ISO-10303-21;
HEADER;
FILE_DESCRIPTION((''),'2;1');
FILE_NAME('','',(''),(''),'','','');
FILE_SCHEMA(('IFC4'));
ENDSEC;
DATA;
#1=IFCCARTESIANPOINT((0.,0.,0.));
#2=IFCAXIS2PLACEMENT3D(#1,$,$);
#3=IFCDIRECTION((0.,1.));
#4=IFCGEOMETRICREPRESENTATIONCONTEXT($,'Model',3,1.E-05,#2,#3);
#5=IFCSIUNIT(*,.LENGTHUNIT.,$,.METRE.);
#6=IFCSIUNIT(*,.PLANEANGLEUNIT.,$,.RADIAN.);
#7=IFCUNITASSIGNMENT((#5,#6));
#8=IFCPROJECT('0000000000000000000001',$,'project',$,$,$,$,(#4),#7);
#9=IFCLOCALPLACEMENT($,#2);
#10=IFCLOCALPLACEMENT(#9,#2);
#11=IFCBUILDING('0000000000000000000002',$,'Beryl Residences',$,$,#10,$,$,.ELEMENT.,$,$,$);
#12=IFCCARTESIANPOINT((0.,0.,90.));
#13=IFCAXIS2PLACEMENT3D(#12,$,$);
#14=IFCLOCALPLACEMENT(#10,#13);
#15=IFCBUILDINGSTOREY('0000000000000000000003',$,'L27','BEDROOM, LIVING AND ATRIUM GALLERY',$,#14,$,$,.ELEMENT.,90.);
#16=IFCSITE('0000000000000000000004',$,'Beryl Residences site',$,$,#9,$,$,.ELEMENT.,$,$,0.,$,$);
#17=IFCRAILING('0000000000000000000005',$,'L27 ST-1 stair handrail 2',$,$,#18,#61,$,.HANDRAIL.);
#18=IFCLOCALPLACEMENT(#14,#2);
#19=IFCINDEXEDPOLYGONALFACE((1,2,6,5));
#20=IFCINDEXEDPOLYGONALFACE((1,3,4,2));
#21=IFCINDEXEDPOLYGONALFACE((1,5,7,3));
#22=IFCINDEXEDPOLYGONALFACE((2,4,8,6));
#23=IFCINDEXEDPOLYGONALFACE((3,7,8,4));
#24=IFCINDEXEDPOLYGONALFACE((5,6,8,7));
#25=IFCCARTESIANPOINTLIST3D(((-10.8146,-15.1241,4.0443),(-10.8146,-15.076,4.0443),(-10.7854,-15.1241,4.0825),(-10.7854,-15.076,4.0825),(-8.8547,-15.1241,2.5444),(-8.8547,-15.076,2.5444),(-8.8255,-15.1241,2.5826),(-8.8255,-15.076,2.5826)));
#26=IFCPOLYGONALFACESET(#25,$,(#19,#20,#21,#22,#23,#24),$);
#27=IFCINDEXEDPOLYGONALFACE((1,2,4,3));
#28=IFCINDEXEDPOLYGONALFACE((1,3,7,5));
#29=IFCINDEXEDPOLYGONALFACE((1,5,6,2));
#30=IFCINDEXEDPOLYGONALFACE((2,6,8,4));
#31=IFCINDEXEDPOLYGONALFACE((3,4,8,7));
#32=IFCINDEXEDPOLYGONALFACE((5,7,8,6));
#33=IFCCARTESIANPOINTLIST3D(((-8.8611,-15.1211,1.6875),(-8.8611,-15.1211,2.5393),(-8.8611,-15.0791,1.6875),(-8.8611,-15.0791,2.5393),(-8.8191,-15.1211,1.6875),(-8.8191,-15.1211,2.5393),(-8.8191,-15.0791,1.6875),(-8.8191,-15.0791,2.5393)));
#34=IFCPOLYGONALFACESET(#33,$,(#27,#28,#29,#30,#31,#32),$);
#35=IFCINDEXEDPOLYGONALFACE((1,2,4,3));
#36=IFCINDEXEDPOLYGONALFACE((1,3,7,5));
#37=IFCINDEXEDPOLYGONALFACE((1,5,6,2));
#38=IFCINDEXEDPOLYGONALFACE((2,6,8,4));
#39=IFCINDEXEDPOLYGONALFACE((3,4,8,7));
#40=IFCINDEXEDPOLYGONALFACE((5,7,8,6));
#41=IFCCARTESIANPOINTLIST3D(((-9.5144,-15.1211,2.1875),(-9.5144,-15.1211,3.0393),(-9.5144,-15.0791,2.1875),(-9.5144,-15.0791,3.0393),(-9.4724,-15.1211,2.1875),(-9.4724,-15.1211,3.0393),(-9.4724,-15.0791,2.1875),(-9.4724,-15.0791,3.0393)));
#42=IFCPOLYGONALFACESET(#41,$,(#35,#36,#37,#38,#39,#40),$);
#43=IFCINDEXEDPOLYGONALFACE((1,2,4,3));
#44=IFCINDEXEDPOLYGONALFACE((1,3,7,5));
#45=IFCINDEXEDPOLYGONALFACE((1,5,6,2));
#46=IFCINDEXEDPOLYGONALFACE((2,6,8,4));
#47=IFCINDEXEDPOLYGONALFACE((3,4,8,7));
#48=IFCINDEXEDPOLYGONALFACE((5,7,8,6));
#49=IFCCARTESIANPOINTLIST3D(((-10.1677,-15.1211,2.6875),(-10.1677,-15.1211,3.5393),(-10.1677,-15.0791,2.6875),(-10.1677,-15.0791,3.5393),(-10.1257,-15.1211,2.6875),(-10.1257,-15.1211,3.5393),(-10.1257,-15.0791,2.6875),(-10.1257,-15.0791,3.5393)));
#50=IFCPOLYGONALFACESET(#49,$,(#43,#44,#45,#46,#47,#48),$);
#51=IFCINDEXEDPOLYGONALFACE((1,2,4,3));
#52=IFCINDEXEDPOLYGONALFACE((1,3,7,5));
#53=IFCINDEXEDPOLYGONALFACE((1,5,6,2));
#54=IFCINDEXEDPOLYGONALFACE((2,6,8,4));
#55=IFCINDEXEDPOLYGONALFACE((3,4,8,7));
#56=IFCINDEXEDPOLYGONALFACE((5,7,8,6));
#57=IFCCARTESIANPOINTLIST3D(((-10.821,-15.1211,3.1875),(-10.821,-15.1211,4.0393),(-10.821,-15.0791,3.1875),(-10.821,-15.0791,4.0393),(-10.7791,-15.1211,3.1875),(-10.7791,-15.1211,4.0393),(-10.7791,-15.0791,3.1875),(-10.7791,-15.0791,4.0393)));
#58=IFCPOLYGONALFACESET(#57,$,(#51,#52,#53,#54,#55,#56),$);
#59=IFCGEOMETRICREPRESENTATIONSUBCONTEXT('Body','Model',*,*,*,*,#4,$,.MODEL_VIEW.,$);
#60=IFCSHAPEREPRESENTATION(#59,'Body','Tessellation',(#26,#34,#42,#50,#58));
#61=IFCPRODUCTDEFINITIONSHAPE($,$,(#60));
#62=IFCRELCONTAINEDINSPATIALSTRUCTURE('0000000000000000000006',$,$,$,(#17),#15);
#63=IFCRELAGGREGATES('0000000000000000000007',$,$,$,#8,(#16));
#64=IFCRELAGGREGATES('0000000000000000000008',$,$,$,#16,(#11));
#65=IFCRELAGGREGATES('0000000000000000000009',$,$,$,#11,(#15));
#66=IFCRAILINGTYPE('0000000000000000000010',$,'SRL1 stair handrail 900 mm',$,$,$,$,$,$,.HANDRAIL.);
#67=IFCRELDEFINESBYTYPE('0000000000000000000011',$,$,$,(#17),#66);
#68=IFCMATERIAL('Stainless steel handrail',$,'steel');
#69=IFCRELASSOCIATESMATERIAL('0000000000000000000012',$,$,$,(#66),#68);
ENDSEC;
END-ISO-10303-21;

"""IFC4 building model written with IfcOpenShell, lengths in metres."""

from ifc_helpers import new_model, si_unit, direction, frame, origin, origin_2d, place, context, subcontext, project, spatial, rectangle, extrude, material, type_object, element, save


model = new_model("IFC4")

# Units and contexts
model_context = context("Model", 3, precision=1e-05, world=origin(), true_north=direction((0.0, 1.0)))
body_context = subcontext(model_context, "Body", "Model", "MODEL_VIEW")
ifc_project = project(units=[si_unit("LENGTHUNIT", "METRE"), si_unit("PLANEANGLEUNIT", "RADIAN")], contexts=[model_context])

# Site, building, storey
site_placement = place(None, origin())
site = spatial("IfcSite", under=ifc_project, at=site_placement, Name="Beryl Residences site", CompositionType="ELEMENT", RefElevation=0.0)
building_placement = place(site_placement, origin())
building = spatial("IfcBuilding", under=site, at=building_placement, Name="Beryl Residences", CompositionType="ELEMENT")
storey_placement = place(building_placement, frame((0.0, 0.0, 90.0)))
storey = spatial("IfcBuildingStorey", under=building, at=storey_placement, Name="L27", Description="BEDROOM, LIVING AND ATRIUM GALLERY", CompositionType="ELEMENT", Elevation=90.0)

# Railing
ifc_material_1 = material(Name="Stainless steel handrail", Category="steel")
railing_type_1 = type_object("IfcRailingType", Name="SRL1 stair handrail 900 mm", PredefinedType="HANDRAIL", material=ifc_material_1)
railing_1_placement = place(storey_placement, frame((-8.8401, -15.1001, 1.6875)))
element("IfcRailing", 1, at=railing_1_placement, inside=storey, type_object=railing_type_1, Name="L27 ST-1 stair handrail 2", PredefinedType="HANDRAIL", context=body_context, shape_type="SweptSolid", body=[
    extrude(rectangle(XDim=0.0481, YDim=0.0481, at=origin_2d()), frame((0.0, 0.0, 0.876), z_axis=(-0.794122, 0.0, 0.607758), x_axis=(0.0, -1.0, 0.0)), (0.0, 0.0, 1.0), 2.468),
    extrude(rectangle(XDim=0.042, YDim=0.042, at=origin_2d()), origin(), (0.0, 0.0, 1.0), 0.8518),
    extrude(rectangle(XDim=0.042, YDim=0.042, at=origin_2d()), frame((-0.6533, 0.0, 0.5)), (0.0, 0.0, 1.0), 0.8518),
    extrude(rectangle(XDim=0.042, YDim=0.042, at=origin_2d()), frame((-1.3066, 0.0, 1.0)), (0.0, 0.0, 1.0), 0.8518),
    extrude(rectangle(XDim=0.042, YDim=0.042, at=origin_2d()), frame((-1.96, 0.0, 1.5)), (0.0, 0.0, 1.0), 0.8518),
])

save(model, "model.ifc")
